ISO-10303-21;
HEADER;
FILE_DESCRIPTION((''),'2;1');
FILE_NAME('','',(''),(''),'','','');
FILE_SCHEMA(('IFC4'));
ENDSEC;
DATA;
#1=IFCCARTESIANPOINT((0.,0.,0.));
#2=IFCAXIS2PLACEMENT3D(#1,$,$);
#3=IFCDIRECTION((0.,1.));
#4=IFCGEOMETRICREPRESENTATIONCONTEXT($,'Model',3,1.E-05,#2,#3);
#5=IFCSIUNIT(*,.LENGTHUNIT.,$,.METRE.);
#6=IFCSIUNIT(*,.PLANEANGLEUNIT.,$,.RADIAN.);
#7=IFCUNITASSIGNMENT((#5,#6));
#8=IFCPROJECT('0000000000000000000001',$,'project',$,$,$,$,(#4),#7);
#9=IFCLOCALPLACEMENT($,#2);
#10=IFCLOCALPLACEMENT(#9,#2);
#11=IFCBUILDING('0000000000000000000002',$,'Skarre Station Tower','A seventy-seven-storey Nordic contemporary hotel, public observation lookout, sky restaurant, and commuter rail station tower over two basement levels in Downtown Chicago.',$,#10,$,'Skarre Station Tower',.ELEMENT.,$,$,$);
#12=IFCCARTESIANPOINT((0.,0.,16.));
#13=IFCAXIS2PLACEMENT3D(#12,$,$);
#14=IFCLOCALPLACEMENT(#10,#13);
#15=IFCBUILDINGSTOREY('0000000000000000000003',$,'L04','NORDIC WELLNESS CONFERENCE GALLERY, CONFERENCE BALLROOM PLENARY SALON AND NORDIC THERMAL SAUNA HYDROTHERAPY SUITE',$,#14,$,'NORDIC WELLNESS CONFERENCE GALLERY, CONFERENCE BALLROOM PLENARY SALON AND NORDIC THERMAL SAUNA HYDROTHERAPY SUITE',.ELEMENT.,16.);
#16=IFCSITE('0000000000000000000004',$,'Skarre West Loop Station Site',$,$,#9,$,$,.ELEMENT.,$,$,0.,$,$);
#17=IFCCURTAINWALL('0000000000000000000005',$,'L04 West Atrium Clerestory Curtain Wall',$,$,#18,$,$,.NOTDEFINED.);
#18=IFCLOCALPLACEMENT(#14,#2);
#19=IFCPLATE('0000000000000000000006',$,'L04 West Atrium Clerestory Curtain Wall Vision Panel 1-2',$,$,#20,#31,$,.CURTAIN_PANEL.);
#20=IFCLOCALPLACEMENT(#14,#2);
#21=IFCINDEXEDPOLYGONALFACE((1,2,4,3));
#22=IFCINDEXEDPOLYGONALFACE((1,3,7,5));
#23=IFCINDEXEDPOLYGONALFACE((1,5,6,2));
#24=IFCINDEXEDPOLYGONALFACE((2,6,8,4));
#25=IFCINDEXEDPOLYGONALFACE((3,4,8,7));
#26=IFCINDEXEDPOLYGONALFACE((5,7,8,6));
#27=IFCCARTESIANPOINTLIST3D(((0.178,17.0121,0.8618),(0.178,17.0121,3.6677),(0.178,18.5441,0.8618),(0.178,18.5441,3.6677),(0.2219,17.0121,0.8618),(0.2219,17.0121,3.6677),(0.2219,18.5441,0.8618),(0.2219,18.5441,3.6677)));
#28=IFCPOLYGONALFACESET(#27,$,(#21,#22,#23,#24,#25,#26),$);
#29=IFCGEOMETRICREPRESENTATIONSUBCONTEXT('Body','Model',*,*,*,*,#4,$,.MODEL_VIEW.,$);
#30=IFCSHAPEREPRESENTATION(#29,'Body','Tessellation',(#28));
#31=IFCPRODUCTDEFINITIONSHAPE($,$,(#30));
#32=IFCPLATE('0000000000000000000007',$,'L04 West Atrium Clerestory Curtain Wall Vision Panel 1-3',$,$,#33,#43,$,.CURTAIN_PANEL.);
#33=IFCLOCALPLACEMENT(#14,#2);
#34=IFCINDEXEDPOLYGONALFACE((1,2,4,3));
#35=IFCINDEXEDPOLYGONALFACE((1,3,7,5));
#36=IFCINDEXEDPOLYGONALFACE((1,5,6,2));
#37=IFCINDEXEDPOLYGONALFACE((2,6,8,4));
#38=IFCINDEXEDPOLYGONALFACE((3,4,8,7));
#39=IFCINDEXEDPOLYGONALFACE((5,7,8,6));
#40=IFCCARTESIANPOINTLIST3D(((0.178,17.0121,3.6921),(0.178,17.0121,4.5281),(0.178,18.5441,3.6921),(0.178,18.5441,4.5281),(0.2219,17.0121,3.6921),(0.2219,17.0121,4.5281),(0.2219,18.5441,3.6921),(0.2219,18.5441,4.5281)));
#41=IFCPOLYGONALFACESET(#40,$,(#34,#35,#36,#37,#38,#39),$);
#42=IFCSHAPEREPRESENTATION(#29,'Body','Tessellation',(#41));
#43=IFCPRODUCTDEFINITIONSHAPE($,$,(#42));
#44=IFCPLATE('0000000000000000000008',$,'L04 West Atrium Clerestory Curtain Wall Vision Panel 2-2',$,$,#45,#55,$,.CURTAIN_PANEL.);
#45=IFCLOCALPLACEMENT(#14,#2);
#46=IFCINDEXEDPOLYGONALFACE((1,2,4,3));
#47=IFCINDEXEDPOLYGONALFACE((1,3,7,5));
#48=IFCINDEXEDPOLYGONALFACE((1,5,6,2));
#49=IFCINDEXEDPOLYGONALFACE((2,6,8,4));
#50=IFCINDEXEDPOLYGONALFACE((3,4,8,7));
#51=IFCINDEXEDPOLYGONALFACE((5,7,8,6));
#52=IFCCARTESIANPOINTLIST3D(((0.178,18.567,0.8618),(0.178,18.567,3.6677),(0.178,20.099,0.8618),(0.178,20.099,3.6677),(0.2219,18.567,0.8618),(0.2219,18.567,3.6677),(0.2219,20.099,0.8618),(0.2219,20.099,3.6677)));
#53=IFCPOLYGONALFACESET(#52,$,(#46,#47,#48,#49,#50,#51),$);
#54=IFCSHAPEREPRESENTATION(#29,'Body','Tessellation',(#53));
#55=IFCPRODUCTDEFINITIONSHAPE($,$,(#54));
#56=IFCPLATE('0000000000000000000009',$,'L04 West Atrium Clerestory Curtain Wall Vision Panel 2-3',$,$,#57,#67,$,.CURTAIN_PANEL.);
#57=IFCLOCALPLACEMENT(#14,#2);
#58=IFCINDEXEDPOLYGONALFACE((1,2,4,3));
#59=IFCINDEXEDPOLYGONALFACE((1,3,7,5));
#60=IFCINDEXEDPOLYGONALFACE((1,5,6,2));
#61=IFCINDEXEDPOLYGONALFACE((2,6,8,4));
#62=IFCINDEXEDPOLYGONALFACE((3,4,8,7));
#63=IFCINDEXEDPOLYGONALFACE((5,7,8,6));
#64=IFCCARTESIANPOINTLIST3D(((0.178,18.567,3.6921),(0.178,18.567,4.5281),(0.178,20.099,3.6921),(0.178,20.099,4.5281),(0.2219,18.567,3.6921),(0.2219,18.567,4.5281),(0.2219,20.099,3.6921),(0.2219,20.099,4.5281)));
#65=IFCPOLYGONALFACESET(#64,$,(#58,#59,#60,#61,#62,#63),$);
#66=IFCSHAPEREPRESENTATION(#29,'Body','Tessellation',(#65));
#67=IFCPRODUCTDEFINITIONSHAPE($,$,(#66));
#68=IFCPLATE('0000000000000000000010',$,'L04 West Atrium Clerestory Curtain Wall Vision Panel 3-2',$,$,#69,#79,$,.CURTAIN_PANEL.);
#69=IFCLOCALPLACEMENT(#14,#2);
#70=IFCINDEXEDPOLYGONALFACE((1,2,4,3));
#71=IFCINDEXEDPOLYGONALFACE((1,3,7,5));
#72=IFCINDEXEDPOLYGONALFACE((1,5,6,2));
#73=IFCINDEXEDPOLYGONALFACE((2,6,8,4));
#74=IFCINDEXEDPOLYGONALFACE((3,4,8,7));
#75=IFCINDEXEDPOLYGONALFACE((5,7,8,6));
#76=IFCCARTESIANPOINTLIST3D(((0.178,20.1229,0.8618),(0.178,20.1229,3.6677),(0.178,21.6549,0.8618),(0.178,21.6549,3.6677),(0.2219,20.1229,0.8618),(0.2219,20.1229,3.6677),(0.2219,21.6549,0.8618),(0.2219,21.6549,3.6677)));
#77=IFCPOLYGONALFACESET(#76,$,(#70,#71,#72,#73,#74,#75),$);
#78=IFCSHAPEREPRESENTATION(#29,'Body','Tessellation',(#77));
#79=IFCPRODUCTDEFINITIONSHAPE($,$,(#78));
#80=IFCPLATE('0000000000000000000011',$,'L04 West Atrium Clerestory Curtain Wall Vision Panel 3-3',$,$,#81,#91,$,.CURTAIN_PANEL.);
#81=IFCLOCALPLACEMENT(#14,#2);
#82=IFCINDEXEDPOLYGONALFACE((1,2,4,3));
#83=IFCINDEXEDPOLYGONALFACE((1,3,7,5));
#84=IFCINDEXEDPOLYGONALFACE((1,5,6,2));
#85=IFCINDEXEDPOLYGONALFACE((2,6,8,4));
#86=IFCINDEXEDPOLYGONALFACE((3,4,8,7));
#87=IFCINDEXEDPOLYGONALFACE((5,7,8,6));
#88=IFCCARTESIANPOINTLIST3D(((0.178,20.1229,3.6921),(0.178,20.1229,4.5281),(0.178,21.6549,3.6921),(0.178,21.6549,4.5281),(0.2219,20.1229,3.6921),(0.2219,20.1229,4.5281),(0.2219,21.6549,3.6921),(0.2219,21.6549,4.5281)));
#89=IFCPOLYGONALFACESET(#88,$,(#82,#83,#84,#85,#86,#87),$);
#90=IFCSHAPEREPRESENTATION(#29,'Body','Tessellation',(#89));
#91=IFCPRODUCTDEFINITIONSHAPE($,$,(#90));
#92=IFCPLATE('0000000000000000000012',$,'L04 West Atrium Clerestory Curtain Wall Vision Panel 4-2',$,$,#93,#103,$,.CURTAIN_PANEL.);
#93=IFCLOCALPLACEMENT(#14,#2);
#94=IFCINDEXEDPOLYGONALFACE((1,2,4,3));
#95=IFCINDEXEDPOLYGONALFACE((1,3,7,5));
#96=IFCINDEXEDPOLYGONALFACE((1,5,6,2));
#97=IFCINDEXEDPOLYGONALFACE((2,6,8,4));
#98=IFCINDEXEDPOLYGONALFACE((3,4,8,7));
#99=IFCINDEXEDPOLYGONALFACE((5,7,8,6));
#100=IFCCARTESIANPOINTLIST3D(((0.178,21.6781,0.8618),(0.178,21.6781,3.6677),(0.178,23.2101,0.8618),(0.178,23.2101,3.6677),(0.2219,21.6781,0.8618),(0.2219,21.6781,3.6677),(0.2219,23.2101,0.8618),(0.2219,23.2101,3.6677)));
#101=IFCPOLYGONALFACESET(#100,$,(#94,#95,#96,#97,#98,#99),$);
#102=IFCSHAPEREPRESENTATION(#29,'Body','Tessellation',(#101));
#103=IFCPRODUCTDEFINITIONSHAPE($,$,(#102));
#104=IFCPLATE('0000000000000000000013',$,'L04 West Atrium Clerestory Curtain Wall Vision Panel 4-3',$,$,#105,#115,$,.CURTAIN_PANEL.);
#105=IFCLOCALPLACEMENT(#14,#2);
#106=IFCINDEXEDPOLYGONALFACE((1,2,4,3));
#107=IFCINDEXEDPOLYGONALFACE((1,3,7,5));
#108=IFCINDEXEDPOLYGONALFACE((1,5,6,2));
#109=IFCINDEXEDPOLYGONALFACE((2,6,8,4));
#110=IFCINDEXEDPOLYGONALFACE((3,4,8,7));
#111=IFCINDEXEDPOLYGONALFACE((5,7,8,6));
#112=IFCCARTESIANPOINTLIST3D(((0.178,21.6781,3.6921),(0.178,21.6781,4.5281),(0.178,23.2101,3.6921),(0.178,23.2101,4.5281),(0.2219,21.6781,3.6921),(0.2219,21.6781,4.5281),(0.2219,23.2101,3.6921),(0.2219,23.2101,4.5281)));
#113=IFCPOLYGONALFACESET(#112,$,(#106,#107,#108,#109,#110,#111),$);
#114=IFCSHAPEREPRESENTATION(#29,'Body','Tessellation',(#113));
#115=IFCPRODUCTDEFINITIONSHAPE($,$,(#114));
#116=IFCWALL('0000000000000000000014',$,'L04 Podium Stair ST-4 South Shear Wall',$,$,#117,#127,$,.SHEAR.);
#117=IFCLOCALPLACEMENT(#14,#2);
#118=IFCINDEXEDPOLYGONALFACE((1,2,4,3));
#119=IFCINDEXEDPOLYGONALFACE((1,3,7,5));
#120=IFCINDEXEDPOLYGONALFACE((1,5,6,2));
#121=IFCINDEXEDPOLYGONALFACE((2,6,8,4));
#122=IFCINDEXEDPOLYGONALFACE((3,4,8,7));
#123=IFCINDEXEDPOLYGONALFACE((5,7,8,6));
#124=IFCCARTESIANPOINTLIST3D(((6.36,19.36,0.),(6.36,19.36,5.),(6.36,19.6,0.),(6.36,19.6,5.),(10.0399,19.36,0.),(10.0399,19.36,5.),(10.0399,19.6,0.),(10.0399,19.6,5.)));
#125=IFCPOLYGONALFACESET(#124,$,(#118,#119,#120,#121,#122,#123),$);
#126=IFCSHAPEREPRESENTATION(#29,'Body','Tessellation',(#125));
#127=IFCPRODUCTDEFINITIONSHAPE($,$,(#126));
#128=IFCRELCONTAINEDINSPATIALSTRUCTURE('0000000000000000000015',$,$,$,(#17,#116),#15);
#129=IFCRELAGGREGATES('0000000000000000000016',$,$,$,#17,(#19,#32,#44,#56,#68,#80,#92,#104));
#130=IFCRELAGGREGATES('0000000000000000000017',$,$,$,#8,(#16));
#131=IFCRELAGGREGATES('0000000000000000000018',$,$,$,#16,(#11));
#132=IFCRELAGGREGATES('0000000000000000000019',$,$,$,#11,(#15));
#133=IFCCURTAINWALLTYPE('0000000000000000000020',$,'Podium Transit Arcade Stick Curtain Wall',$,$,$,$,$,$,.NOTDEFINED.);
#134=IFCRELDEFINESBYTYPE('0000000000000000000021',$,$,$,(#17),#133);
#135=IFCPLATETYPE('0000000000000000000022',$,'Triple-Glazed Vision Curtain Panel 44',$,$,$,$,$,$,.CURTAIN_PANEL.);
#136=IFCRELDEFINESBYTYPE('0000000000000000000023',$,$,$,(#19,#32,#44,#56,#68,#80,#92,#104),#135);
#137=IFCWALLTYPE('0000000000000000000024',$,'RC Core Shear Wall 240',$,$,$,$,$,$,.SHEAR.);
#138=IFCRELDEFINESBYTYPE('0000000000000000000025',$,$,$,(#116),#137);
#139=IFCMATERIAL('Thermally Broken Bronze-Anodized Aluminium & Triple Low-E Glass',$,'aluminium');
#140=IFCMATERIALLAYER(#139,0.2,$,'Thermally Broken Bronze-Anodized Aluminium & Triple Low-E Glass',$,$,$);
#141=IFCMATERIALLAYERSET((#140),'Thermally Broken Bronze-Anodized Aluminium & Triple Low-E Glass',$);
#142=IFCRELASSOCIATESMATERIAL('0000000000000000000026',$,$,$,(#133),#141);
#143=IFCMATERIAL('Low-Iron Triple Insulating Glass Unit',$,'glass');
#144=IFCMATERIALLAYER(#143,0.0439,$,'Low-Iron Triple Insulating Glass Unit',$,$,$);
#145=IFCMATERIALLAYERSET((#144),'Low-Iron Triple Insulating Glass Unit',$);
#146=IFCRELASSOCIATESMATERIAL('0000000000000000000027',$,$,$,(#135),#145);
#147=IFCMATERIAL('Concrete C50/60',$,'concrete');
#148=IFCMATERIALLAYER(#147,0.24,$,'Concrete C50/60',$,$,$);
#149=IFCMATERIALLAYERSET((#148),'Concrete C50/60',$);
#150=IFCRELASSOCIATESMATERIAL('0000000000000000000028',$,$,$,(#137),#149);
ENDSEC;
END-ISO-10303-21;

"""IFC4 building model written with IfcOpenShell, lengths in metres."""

from ifc_helpers import new_model, si_unit, direction, frame, frame_2d, origin, origin_2d, place, context, subcontext, project, spatial, rectangle, extrude, material, layer, layer_set, type_object, element, aggregate, save


model = new_model("IFC4")

# Units and contexts
model_context = context("Model", 3, precision=1e-05, world=origin(), true_north=direction((0.0, 1.0)))
body_context = subcontext(model_context, "Body", "Model", "MODEL_VIEW")
ifc_project = project(units=[si_unit("LENGTHUNIT", "METRE"), si_unit("PLANEANGLEUNIT", "RADIAN")], contexts=[model_context])

# Site, building, storey
site_placement = place(None, origin())
site = spatial("IfcSite", under=ifc_project, at=site_placement, Name="Skarre West Loop Station Site", CompositionType="ELEMENT", RefElevation=0.0)
building_placement = place(site_placement, origin())
building = spatial("IfcBuilding", under=site, at=building_placement, Name="Skarre Station Tower", Description="A seventy-seven-storey Nordic contemporary hotel, public observation lookout, sky restaurant, and commuter rail station tower over two basement levels in Downtown Chicago.", LongName="Skarre Station Tower", CompositionType="ELEMENT")
storey_placement = place(building_placement, frame((0.0, 0.0, 16.0)))
storey = spatial("IfcBuildingStorey", under=building, at=storey_placement, Name="L04", Description="NORDIC WELLNESS CONFERENCE GALLERY, CONFERENCE BALLROOM PLENARY SALON AND NORDIC THERMAL SAUNA HYDROTHERAPY SUITE", LongName="NORDIC WELLNESS CONFERENCE GALLERY, CONFERENCE BALLROOM PLENARY SALON AND NORDIC THERMAL SAUNA HYDROTHERAPY SUITE", CompositionType="ELEMENT", Elevation=16.0)

# Curtain wall, plates
ifc_material_1 = material(Name="Thermally Broken Bronze-Anodized Aluminium & Triple Low-E Glass", Category="aluminium")
ifc_layer_1 = layer(ifc_material_1, 0.2, Name="Thermally Broken Bronze-Anodized Aluminium & Triple Low-E Glass")
ifc_layer_set_1 = layer_set([ifc_layer_1], Name="Thermally Broken Bronze-Anodized Aluminium & Triple Low-E Glass")
curtain_wall_type = type_object("IfcCurtainWallType", Name="Podium Transit Arcade Stick Curtain Wall", PredefinedType="NOTDEFINED", material=ifc_layer_set_1)
curtain_wall_placement = place(storey_placement, origin())
curtain_wall = element("IfcCurtainWall", 1, at=curtain_wall_placement, inside=storey, type_object=curtain_wall_type, Name="L04 West Atrium Clerestory Curtain Wall", PredefinedType="NOTDEFINED")
ifc_material_2 = material(Name="Low-Iron Triple Insulating Glass Unit", Category="glass")
ifc_layer_2 = layer(ifc_material_2, 0.0439, Name="Low-Iron Triple Insulating Glass Unit")
ifc_layer_set_2 = layer_set([ifc_layer_2], Name="Low-Iron Triple Insulating Glass Unit")
plate_type_1 = type_object("IfcPlateType", Name="Triple-Glazed Vision Curtain Panel 44", PredefinedType="CURTAIN_PANEL", material=ifc_layer_set_2)
plate_1_placement = place(storey_placement, frame((0.2, 17.7781, 0.8618), z_axis=(0.0, 0.0, 1.0), x_axis=(0.0, 1.0, 0.0)))
plate_1 = element("IfcPlate", 2, at=plate_1_placement, type_object=plate_type_1, Name="L04 West Atrium Clerestory Curtain Wall Vision Panel 1-2", PredefinedType="CURTAIN_PANEL", context=body_context, shape_type="SweptSolid", body=[
    extrude(rectangle(XDim=1.532, YDim=0.0439, at=origin_2d()), origin(), (0.0, 0.0, 1.0), 2.8059),
])
plate_2_placement = place(storey_placement, frame((0.2, 17.7781, 3.6921), z_axis=(0.0, 0.0, 1.0), x_axis=(0.0, 1.0, 0.0)))
plate_2 = element("IfcPlate", 3, at=plate_2_placement, type_object=plate_type_1, Name="L04 West Atrium Clerestory Curtain Wall Vision Panel 1-3", PredefinedType="CURTAIN_PANEL", context=body_context, shape_type="SweptSolid", body=[
    extrude(rectangle(XDim=1.532, YDim=0.0439, at=origin_2d()), origin(), (0.0, 0.0, 1.0), 0.8359),
])
plate_3_placement = place(storey_placement, frame((0.2, 19.333, 0.8618), z_axis=(0.0, 0.0, 1.0), x_axis=(0.0, 1.0, 0.0)))
plate_3 = element("IfcPlate", 4, at=plate_3_placement, type_object=plate_type_1, Name="L04 West Atrium Clerestory Curtain Wall Vision Panel 2-2", PredefinedType="CURTAIN_PANEL", context=body_context, shape_type="SweptSolid", body=[
    extrude(rectangle(XDim=1.532, YDim=0.0439, at=origin_2d()), origin(), (0.0, 0.0, 1.0), 2.8059),
])
plate_4_placement = place(storey_placement, frame((0.2, 19.333, 3.6921), z_axis=(0.0, 0.0, 1.0), x_axis=(0.0, 1.0, 0.0)))
plate_4 = element("IfcPlate", 5, at=plate_4_placement, type_object=plate_type_1, Name="L04 West Atrium Clerestory Curtain Wall Vision Panel 2-3", PredefinedType="CURTAIN_PANEL", context=body_context, shape_type="SweptSolid", body=[
    extrude(rectangle(XDim=1.532, YDim=0.0439, at=origin_2d()), origin(), (0.0, 0.0, 1.0), 0.8359),
])
plate_5_placement = place(storey_placement, frame((0.2, 20.8889, 0.8618), z_axis=(0.0, 0.0, 1.0), x_axis=(0.0, 1.0, 0.0)))
plate_5 = element("IfcPlate", 6, at=plate_5_placement, type_object=plate_type_1, Name="L04 West Atrium Clerestory Curtain Wall Vision Panel 3-2", PredefinedType="CURTAIN_PANEL", context=body_context, shape_type="SweptSolid", body=[
    extrude(rectangle(XDim=1.532, YDim=0.0439, at=origin_2d()), origin(), (0.0, 0.0, 1.0), 2.8059),
])
plate_6_placement = place(storey_placement, frame((0.2, 20.8889, 3.6921), z_axis=(0.0, 0.0, 1.0), x_axis=(0.0, 1.0, 0.0)))
plate_6 = element("IfcPlate", 7, at=plate_6_placement, type_object=plate_type_1, Name="L04 West Atrium Clerestory Curtain Wall Vision Panel 3-3", PredefinedType="CURTAIN_PANEL", context=body_context, shape_type="SweptSolid", body=[
    extrude(rectangle(XDim=1.532, YDim=0.0439, at=origin_2d()), origin(), (0.0, 0.0, 1.0), 0.8359),
])
plate_7_placement = place(storey_placement, frame((0.2, 22.4441, 0.8618), z_axis=(0.0, 0.0, 1.0), x_axis=(0.0, 1.0, 0.0)))
plate_7 = element("IfcPlate", 8, at=plate_7_placement, type_object=plate_type_1, Name="L04 West Atrium Clerestory Curtain Wall Vision Panel 4-2", PredefinedType="CURTAIN_PANEL", context=body_context, shape_type="SweptSolid", body=[
    extrude(rectangle(XDim=1.532, YDim=0.0439, at=origin_2d()), origin(), (0.0, 0.0, 1.0), 2.8059),
])
plate_8_placement = place(storey_placement, frame((0.2, 22.4441, 3.6921), z_axis=(0.0, 0.0, 1.0), x_axis=(0.0, 1.0, 0.0)))
plate_8 = element("IfcPlate", 9, at=plate_8_placement, type_object=plate_type_1, Name="L04 West Atrium Clerestory Curtain Wall Vision Panel 4-3", PredefinedType="CURTAIN_PANEL", context=body_context, shape_type="SweptSolid", body=[
    extrude(rectangle(XDim=1.532, YDim=0.0439, at=origin_2d()), origin(), (0.0, 0.0, 1.0), 0.8359),
])
aggregate(curtain_wall, [plate_1, plate_2, plate_3, plate_4, plate_5, plate_6, plate_7, plate_8])

# Wall
ifc_material_3 = material(Name="Concrete C50/60", Category="concrete")
ifc_layer_3 = layer(ifc_material_3, 0.24, Name="Concrete C50/60")
ifc_layer_set_3 = layer_set([ifc_layer_3], Name="Concrete C50/60")
wall_type = type_object("IfcWallType", Name="RC Core Shear Wall 240", PredefinedType="SHEAR", material=ifc_layer_set_3)
wall_placement = place(storey_placement, frame((6.3601, 19.48, 0.0), z_axis=(0.0, 0.0, 1.0), x_axis=(1.0, 0.0, 0.0)))
element("IfcWall", 10, at=wall_placement, inside=storey, type_object=wall_type, Name="L04 Podium Stair ST-4 South Shear Wall", PredefinedType="SHEAR", context=body_context, shape_type="SweptSolid", body=[
    extrude(rectangle(XDim=3.6799, YDim=0.24, at=frame_2d((1.8398, 0.0))), origin(), (0.0, 0.0, 1.0), 5.0),
])

save(model, "model.ifc")
